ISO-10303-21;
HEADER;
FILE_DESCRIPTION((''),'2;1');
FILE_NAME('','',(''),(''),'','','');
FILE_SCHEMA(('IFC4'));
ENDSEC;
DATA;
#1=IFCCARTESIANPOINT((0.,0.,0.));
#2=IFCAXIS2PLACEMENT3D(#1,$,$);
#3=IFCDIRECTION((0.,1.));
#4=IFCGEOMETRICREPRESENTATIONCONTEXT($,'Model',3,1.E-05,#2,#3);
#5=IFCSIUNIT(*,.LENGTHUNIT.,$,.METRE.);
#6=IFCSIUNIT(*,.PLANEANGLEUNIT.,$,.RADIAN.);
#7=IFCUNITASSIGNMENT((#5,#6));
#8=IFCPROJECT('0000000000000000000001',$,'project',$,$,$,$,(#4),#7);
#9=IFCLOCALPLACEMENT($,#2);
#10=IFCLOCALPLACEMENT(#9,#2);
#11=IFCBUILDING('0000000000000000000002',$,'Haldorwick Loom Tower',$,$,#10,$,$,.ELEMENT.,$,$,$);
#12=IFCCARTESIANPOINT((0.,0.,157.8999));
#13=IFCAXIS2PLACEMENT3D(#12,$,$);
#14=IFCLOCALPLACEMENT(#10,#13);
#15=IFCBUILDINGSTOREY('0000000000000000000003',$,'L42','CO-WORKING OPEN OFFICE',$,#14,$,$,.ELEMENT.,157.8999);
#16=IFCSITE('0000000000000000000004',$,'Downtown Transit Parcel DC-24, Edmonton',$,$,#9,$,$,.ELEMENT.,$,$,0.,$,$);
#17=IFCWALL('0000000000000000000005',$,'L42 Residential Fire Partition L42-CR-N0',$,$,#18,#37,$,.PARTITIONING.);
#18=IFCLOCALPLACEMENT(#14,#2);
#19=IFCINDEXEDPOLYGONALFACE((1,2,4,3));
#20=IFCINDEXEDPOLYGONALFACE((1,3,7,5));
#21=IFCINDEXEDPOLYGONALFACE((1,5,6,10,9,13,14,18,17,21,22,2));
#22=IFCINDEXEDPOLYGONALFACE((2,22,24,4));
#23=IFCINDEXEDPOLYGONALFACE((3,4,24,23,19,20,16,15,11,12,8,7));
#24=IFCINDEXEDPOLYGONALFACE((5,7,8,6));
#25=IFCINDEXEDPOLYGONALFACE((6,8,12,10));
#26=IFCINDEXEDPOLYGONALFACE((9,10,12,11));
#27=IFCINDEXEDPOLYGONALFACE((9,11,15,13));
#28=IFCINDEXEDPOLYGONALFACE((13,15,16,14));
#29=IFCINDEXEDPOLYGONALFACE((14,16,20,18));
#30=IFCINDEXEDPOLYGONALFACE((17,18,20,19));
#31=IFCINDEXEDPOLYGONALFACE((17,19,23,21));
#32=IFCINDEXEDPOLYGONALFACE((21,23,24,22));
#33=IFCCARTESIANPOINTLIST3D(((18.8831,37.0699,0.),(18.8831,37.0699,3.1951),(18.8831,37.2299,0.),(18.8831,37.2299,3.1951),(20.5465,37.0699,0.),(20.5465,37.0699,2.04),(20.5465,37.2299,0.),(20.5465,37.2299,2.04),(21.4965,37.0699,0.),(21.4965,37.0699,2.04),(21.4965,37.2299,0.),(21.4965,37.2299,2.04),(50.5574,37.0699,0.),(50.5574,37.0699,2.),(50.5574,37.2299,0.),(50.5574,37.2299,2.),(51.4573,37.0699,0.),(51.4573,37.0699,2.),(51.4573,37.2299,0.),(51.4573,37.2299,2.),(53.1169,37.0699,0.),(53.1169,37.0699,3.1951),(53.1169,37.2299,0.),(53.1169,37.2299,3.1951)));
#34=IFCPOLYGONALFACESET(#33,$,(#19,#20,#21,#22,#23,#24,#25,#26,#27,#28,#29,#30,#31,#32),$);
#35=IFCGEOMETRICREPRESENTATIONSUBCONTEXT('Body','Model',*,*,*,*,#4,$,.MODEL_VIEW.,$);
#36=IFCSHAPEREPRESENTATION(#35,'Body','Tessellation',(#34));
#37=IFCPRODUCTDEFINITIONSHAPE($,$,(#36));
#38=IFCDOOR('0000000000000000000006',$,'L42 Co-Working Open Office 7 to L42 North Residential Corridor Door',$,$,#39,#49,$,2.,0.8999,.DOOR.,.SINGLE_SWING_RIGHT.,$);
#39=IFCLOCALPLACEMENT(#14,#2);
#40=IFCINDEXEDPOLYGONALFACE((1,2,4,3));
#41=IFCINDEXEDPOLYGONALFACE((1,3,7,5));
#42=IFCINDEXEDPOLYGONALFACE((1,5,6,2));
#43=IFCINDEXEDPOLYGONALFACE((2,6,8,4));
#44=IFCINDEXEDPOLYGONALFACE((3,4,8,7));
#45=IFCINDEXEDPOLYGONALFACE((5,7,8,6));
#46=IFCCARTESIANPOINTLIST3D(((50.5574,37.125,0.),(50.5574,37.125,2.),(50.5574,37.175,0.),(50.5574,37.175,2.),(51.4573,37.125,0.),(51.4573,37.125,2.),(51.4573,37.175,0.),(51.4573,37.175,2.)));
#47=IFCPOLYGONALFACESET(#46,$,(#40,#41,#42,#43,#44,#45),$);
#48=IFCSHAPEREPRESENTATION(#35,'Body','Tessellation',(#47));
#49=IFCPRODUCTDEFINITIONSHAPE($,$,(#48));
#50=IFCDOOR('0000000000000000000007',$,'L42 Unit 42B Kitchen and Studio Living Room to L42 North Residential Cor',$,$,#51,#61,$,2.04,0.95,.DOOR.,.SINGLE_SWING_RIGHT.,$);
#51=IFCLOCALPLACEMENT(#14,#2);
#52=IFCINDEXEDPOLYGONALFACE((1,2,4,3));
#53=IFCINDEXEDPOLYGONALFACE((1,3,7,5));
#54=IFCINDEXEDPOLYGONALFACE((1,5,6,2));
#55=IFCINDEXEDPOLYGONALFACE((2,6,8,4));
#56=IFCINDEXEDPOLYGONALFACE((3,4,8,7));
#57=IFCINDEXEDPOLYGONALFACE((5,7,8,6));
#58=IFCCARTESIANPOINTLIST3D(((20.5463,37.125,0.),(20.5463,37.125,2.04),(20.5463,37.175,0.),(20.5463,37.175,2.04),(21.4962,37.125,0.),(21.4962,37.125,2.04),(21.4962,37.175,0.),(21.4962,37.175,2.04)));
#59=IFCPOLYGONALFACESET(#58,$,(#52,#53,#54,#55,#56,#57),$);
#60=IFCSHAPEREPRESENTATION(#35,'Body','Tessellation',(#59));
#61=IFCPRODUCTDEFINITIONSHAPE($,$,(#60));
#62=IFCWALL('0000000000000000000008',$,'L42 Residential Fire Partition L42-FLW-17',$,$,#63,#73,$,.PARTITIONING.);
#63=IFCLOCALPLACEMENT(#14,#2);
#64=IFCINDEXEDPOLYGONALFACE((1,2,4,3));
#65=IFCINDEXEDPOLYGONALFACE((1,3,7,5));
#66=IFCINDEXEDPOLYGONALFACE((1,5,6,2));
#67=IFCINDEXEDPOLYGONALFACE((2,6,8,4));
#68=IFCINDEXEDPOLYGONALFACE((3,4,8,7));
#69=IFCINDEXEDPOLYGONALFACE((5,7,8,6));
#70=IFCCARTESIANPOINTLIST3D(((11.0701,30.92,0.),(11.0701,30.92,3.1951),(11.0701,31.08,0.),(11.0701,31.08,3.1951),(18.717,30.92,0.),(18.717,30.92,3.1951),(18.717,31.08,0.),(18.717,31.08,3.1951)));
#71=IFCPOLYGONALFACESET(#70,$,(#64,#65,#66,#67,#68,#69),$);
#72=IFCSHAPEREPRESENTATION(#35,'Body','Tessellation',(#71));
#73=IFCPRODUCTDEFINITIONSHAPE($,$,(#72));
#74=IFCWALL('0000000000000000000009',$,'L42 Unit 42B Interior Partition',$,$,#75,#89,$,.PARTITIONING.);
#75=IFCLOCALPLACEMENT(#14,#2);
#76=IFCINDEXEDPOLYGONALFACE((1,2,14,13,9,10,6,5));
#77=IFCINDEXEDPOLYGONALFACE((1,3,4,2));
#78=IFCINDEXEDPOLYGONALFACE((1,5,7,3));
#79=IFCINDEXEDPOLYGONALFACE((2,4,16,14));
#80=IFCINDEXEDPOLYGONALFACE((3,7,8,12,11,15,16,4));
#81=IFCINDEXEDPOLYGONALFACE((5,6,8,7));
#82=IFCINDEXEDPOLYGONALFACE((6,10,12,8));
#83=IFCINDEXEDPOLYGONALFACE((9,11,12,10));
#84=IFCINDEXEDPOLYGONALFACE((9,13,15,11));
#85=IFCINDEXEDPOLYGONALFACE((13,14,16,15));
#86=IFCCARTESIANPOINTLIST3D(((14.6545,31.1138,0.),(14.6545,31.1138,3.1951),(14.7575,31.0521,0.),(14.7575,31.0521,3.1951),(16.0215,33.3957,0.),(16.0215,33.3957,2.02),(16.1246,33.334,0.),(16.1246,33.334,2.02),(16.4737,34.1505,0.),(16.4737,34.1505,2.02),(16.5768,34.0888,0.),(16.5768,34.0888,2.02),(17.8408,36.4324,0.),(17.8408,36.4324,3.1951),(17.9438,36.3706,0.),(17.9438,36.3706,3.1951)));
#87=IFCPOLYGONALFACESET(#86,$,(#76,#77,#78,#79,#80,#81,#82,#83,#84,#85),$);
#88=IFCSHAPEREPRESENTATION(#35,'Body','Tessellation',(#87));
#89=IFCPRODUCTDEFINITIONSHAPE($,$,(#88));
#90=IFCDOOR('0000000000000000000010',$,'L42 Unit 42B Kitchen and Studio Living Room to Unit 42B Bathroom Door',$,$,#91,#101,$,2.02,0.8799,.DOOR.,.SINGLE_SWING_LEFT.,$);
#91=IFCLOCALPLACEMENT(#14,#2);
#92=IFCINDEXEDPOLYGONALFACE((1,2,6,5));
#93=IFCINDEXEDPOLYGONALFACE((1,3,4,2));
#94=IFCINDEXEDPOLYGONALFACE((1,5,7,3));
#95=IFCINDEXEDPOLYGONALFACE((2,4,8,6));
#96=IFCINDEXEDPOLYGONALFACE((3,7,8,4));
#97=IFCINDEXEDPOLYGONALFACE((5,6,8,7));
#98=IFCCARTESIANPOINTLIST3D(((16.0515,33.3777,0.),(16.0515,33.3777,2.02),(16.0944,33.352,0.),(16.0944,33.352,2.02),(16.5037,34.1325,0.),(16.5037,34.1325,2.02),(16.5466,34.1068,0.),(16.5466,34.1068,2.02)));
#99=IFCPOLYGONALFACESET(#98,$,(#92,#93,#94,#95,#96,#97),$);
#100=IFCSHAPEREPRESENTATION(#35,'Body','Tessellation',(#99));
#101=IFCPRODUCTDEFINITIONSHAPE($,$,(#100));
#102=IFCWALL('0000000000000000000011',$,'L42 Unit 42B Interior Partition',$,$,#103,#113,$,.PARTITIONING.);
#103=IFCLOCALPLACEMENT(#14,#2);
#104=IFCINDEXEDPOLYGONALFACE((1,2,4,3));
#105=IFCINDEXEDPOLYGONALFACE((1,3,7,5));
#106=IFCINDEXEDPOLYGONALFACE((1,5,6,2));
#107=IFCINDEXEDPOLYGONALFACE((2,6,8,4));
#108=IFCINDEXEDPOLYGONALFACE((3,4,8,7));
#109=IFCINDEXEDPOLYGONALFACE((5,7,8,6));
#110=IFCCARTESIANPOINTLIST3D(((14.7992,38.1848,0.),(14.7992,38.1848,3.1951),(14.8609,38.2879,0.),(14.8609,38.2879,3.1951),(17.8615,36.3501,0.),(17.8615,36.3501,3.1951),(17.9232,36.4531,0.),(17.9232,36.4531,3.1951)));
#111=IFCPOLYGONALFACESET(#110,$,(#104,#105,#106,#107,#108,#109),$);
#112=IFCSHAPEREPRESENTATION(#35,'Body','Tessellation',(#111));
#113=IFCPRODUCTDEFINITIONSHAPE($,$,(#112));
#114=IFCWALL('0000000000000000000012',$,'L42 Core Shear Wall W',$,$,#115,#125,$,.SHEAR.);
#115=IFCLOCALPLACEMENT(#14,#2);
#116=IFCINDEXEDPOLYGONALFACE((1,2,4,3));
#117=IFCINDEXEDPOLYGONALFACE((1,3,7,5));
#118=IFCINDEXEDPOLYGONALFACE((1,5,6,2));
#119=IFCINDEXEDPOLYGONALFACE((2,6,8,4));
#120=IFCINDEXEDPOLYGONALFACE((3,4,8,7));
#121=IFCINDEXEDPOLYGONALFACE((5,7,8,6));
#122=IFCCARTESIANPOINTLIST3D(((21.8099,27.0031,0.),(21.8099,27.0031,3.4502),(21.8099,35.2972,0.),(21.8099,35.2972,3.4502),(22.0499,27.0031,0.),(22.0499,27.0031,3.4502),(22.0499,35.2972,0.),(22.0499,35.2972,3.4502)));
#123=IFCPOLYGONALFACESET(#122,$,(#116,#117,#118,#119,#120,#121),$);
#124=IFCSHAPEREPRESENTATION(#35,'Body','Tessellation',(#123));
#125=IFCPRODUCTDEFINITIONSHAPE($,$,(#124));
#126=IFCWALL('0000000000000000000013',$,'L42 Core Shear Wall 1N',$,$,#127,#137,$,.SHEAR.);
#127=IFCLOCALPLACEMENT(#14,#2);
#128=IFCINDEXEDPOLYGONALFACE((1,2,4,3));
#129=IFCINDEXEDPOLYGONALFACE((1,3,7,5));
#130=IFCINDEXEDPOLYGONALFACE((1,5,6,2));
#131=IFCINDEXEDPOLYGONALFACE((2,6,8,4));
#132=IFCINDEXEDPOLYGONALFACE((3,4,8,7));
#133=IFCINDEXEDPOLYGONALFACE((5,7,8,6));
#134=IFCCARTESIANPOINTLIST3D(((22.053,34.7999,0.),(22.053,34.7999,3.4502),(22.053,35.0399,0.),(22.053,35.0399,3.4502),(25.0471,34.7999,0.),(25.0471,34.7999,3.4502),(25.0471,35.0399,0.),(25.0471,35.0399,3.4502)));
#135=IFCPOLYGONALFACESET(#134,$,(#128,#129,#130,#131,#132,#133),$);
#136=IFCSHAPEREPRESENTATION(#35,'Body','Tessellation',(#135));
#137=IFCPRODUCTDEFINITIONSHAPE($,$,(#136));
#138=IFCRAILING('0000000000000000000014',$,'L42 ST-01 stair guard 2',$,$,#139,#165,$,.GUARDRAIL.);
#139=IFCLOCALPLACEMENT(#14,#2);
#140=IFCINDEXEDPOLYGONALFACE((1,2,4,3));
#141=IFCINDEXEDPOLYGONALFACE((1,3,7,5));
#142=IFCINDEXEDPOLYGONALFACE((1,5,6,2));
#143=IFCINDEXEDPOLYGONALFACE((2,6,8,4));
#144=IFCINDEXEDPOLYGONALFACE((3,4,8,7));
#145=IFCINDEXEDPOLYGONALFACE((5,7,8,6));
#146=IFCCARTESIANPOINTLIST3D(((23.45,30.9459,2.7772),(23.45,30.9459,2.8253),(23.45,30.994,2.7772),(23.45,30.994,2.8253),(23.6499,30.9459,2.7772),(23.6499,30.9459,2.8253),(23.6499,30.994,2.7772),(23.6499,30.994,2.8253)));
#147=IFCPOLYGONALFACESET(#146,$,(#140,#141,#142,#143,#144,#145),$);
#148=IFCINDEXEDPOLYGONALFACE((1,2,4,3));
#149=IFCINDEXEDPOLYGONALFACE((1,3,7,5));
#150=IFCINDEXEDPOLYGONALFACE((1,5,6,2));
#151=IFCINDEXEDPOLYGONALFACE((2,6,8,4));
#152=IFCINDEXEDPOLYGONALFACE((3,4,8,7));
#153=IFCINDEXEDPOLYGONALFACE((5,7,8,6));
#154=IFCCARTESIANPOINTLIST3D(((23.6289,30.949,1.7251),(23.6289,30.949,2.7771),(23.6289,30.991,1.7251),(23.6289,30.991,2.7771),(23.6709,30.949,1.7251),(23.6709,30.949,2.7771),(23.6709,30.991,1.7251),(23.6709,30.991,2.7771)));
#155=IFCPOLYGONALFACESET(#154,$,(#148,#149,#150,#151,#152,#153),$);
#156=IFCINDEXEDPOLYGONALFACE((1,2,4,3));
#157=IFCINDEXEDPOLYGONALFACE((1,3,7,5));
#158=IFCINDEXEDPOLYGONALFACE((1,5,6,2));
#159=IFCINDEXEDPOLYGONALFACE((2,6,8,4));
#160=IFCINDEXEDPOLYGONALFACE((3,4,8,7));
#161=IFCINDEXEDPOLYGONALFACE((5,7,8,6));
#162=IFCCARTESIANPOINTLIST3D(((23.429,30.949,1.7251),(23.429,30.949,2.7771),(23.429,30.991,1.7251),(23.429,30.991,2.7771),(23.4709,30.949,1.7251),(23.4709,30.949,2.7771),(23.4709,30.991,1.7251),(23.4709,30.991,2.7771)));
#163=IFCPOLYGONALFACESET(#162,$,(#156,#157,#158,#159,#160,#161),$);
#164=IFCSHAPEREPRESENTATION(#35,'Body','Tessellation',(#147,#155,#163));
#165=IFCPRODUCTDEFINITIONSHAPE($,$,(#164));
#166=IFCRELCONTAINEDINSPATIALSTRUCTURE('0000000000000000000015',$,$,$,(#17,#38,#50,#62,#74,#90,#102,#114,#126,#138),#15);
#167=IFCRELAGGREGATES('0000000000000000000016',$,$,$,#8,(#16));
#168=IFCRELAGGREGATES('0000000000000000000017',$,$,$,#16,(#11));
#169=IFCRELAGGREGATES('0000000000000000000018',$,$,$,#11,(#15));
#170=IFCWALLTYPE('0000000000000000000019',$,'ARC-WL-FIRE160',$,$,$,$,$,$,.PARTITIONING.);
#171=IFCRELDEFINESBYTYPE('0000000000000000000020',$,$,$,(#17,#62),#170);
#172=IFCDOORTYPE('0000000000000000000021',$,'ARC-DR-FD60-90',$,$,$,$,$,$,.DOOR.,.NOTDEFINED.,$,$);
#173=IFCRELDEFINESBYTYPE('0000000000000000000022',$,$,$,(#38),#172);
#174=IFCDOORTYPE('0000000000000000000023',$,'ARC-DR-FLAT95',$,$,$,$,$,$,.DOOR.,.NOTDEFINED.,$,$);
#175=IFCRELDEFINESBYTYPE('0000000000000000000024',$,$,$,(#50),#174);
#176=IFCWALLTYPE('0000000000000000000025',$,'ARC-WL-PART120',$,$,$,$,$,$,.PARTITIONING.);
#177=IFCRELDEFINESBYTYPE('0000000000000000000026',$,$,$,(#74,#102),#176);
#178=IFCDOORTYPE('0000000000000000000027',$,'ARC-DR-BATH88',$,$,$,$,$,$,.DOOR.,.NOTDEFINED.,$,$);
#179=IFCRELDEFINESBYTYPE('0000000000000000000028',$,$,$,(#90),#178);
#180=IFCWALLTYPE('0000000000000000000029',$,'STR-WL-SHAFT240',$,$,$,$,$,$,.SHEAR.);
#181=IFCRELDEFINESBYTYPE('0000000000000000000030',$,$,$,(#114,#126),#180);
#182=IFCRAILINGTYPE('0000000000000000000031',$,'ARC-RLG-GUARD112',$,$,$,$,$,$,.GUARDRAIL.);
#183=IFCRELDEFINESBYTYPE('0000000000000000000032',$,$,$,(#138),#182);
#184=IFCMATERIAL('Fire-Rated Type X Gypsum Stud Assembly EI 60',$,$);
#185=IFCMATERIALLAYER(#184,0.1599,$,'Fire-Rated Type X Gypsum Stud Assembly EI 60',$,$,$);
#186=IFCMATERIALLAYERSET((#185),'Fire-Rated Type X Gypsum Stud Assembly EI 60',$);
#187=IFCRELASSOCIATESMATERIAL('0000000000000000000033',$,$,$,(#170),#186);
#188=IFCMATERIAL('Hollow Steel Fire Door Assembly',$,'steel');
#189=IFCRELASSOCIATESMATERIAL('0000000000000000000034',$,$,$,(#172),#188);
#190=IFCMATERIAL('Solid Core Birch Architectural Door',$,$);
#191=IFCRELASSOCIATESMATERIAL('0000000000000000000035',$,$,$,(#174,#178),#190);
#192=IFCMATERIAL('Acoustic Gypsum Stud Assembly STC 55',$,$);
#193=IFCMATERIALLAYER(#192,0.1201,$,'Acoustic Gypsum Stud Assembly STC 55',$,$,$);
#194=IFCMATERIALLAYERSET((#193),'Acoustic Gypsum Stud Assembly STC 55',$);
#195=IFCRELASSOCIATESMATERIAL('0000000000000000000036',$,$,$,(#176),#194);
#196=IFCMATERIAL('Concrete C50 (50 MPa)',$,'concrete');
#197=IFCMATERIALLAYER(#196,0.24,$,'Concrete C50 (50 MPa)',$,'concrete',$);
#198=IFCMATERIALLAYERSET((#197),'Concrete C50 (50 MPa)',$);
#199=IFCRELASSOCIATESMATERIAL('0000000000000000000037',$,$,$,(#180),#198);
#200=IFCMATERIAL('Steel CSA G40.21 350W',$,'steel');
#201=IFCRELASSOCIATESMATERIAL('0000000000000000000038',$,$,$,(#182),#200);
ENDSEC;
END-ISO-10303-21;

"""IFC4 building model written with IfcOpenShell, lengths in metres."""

from ifc_helpers import new_model, si_unit, direction, frame, frame_2d, origin, origin_2d, place, context, subcontext, project, spatial, rectangle, extrude, material, layer, layer_set, type_object, element, fill, save


model = new_model("IFC4")

# Units and contexts
model_context = context("Model", 3, precision=1e-05, world=origin(), true_north=direction((0.0, 1.0)))
body_context = subcontext(model_context, "Body", "Model", "MODEL_VIEW")
ifc_project = project(units=[si_unit("LENGTHUNIT", "METRE"), si_unit("PLANEANGLEUNIT", "RADIAN")], contexts=[model_context])

# Site, building, storey
site_placement = place(None, origin())
site = spatial("IfcSite", under=ifc_project, at=site_placement, Name="Downtown Transit Parcel DC-24, Edmonton", CompositionType="ELEMENT", RefElevation=0.0)
building_placement = place(site_placement, origin())
building = spatial("IfcBuilding", under=site, at=building_placement, Name="Haldorwick Loom Tower", CompositionType="ELEMENT")
storey_placement = place(building_placement, frame((0.0, 0.0, 157.8999)))
storey = spatial("IfcBuildingStorey", under=building, at=storey_placement, Name="L42", Description="CO-WORKING OPEN OFFICE", CompositionType="ELEMENT", Elevation=157.8999)

# Shared definitions
ifc_material_1 = material(Name="Steel CSA G40.21 350W", Category="steel")

# Shared definitions
ifc_material_2 = material(Name="Fire-Rated Type X Gypsum Stud Assembly EI 60")
ifc_layer_1 = layer(ifc_material_2, 0.1599, Name="Fire-Rated Type X Gypsum Stud Assembly EI 60")
ifc_layer_set_1 = layer_set([ifc_layer_1], Name="Fire-Rated Type X Gypsum Stud Assembly EI 60")
wall_type_1 = type_object("IfcWallType", Name="ARC-WL-FIRE160", PredefinedType="PARTITIONING", material=ifc_layer_set_1)

# Wall, openings, doors
wall_1_placement = place(storey_placement, frame((18.8831, 37.1499, 0.0), z_axis=(0.0, 0.0, 1.0), x_axis=(1.0, 0.0, 0.0)))
wall_1 = element("IfcWall", 1, at=wall_1_placement, inside=storey, type_object=wall_type_1, Name="L42 Residential Fire Partition L42-CR-N0", PredefinedType="PARTITIONING", context=body_context, shape_type="SweptSolid", body=[
    extrude(rectangle(XDim=34.2339, YDim=0.1599, at=frame_2d((17.1169, 0.0))), origin(), (0.0, 0.0, 1.0), 3.1951),
])
opening_1_placement = place(wall_1_placement, frame((31.6743, 0.0, 0.0)))
opening_1 = element("IfcOpeningElement", 2, at=opening_1_placement, cuts=wall_1, PredefinedType="OPENING", context=body_context, shape_type="SweptSolid", body=[
    extrude(rectangle(XDim=0.8999, YDim=2.0, at=frame_2d((0.45, 1.0))), frame((0.0, 0.0898, 0.0), z_axis=(0.0, -1.0, 0.0), x_axis=(1.0, 0.0, 0.0)), (0.0, 0.0, 1.0), 0.1799),
])
opening_2_placement = place(wall_1_placement, frame((1.6633, 0.0, 0.0)))
opening_2 = element("IfcOpeningElement", 3, at=opening_2_placement, cuts=wall_1, PredefinedType="OPENING", context=body_context, shape_type="SweptSolid", body=[
    extrude(rectangle(XDim=0.95, YDim=2.04, at=frame_2d((0.4751, 1.02))), frame((0.0, 0.0898, 0.0), z_axis=(0.0, -1.0, 0.0), x_axis=(1.0, 0.0, 0.0)), (0.0, 0.0, 1.0), 0.1799),
])
ifc_material_3 = material(Name="Hollow Steel Fire Door Assembly", Category="steel")
door_type_1 = type_object("IfcDoorType", Name="ARC-DR-FD60-90", OperationType="NOTDEFINED", PredefinedType="DOOR", material=ifc_material_3)
door_1_placement = place(opening_1_placement, frame((0.8999, 0.0, 0.0), z_axis=(0.0, 0.0, 1.0), x_axis=(-1.0, 0.0, 0.0)))
door_1 = element("IfcDoor", 4, at=door_1_placement, inside=storey, type_object=door_type_1, Name="L42 Co-Working Open Office 7 to L42 North Residential Corridor Door", OperationType="SINGLE_SWING_RIGHT", OverallHeight=2.0, OverallWidth=0.8999, PredefinedType="DOOR", context=body_context, shape_type="SweptSolid", body=[
    extrude(rectangle(XDim=0.8999, YDim=2.0, at=frame_2d((0.45, 1.0))), frame((0.0, 0.0249, 0.0), z_axis=(0.0, -1.0, 0.0), x_axis=(1.0, 0.0, 0.0)), (0.0, 0.0, 1.0), 0.05),
])
fill(opening_1, door_1)
ifc_material_4 = material(Name="Solid Core Birch Architectural Door")
door_type_2 = type_object("IfcDoorType", Name="ARC-DR-FLAT95", OperationType="NOTDEFINED", PredefinedType="DOOR", material=ifc_material_4)
door_2_placement = place(opening_2_placement, frame((0.95, 0.0, 0.0), z_axis=(0.0, 0.0, 1.0), x_axis=(-1.0, 0.0, 0.0)))
door_2 = element("IfcDoor", 5, at=door_2_placement, inside=storey, type_object=door_type_2, Name="L42 Unit 42B Kitchen and Studio Living Room to L42 North Residential Cor", OperationType="SINGLE_SWING_RIGHT", OverallHeight=2.04, OverallWidth=0.95, PredefinedType="DOOR", context=body_context, shape_type="SweptSolid", body=[
    extrude(rectangle(XDim=0.95, YDim=2.04, at=frame_2d((0.4751, 1.02))), frame((0.0, 0.0249, 0.0), z_axis=(0.0, -1.0, 0.0), x_axis=(1.0, 0.0, 0.0)), (0.0, 0.0, 1.0), 0.05),
])
fill(opening_2, door_2)

# Wall
wall_2_placement = place(storey_placement, frame((11.0701, 31.0, 0.0), z_axis=(0.0, 0.0, 1.0), x_axis=(1.0, 0.0, 0.0)))
element("IfcWall", 6, at=wall_2_placement, inside=storey, type_object=wall_type_1, Name="L42 Residential Fire Partition L42-FLW-17", PredefinedType="PARTITIONING", context=body_context, shape_type="SweptSolid", body=[
    extrude(rectangle(XDim=7.647, YDim=0.1599, at=frame_2d((3.8235, 0.0))), origin(), (0.0, 0.0, 1.0), 3.1951),
])

# Wall, opening, door
ifc_material_5 = material(Name="Acoustic Gypsum Stud Assembly STC 55")
ifc_layer_2 = layer(ifc_material_5, 0.1201, Name="Acoustic Gypsum Stud Assembly STC 55")
ifc_layer_set_2 = layer_set([ifc_layer_2], Name="Acoustic Gypsum Stud Assembly STC 55")
wall_type_2 = type_object("IfcWallType", Name="ARC-WL-PART120", PredefinedType="PARTITIONING", material=ifc_layer_set_2)
wall_3_placement = place(storey_placement, frame((17.8923, 36.4016, 0.0), z_axis=(0.0, 0.0, 1.0), x_axis=(-0.513917, -0.85784, 0.0)))
wall_3 = element("IfcWall", 7, at=wall_3_placement, inside=storey, type_object=wall_type_2, Name="L42 Unit 42B Interior Partition", PredefinedType="PARTITIONING", context=body_context, shape_type="SweptSolid", body=[
    extrude(rectangle(XDim=6.2, YDim=0.1201, at=frame_2d((3.1001, 0.0))), origin(), (0.0, 0.0, 1.0), 3.1951),
])
opening_3_placement = place(wall_3_placement, frame((2.6602, 0.0, 0.0)))
opening_3 = element("IfcOpeningElement", 8, at=opening_3_placement, cuts=wall_3, PredefinedType="OPENING", context=body_context, shape_type="SweptSolid", body=[
    extrude(rectangle(XDim=0.8799, YDim=2.02, at=frame_2d((0.4399, 1.01))), frame((0.0, 0.0701, 0.0), z_axis=(0.0, -1.0, 0.0), x_axis=(1.0, 0.0, 0.0)), (0.0, 0.0, 1.0), 0.1401),
])
door_type_3 = type_object("IfcDoorType", Name="ARC-DR-BATH88", OperationType="NOTDEFINED", PredefinedType="DOOR", material=ifc_material_4)
door_3_placement = place(opening_3_placement, origin())
door_3 = element("IfcDoor", 9, at=door_3_placement, inside=storey, type_object=door_type_3, Name="L42 Unit 42B Kitchen and Studio Living Room to Unit 42B Bathroom Door", OperationType="SINGLE_SWING_LEFT", OverallHeight=2.02, OverallWidth=0.8799, PredefinedType="DOOR", context=body_context, shape_type="SweptSolid", body=[
    extrude(rectangle(XDim=0.8799, YDim=2.02, at=frame_2d((0.4399, 1.01))), frame((0.0, 0.0249, 0.0), z_axis=(0.0, -1.0, 0.0), x_axis=(1.0, 0.0, 0.0)), (0.0, 0.0, 1.0), 0.05),
])
fill(opening_3, door_3)

# Walls
wall_4_placement = place(storey_placement, frame((17.8923, 36.4016, 0.0), z_axis=(0.0, 0.0, 1.0), x_axis=(-0.857819, 0.513953, 0.0)))
element("IfcWall", 10, at=wall_4_placement, inside=storey, type_object=wall_type_2, Name="L42 Unit 42B Interior Partition", PredefinedType="PARTITIONING", context=body_context, shape_type="SweptSolid", body=[
    extrude(rectangle(XDim=3.5698, YDim=0.1201, at=frame_2d((1.7849, 0.0))), origin(), (0.0, 0.0, 1.0), 3.1951),
])
ifc_material_6 = material(Name="Concrete C50 (50 MPa)", Category="concrete")
ifc_layer_3 = layer(ifc_material_6, 0.24, Name="Concrete C50 (50 MPa)", Category="concrete")
ifc_layer_set_3 = layer_set([ifc_layer_3], Name="Concrete C50 (50 MPa)")
wall_type_3 = type_object("IfcWallType", Name="STR-WL-SHAFT240", PredefinedType="SHEAR", material=ifc_layer_set_3)
wall_5_placement = place(storey_placement, frame((21.9299, 35.2971, 0.0), z_axis=(0.0, 0.0, 1.0), x_axis=(0.0, -1.0, 0.0)))
element("IfcWall", 11, at=wall_5_placement, inside=storey, type_object=wall_type_3, Name="L42 Core Shear Wall W", PredefinedType="SHEAR", context=body_context, shape_type="SweptSolid", body=[
    extrude(rectangle(XDim=8.2942, YDim=0.24, at=frame_2d((4.147, 0.0))), origin(), (0.0, 0.0, 1.0), 3.4502),
])
wall_6_placement = place(storey_placement, frame((22.053, 34.9199, 0.0), z_axis=(0.0, 0.0, 1.0), x_axis=(1.0, 0.0, 0.0)))
element("IfcWall", 12, at=wall_6_placement, inside=storey, type_object=wall_type_3, Name="L42 Core Shear Wall 1N", PredefinedType="SHEAR", context=body_context, shape_type="SweptSolid", body=[
    extrude(rectangle(XDim=2.9941, YDim=0.24, at=frame_2d((1.4971, 0.0))), origin(), (0.0, 0.0, 1.0), 3.4502),
])

# Railing
railing_type = type_object("IfcRailingType", Name="ARC-RLG-GUARD112", PredefinedType="GUARDRAIL", material=ifc_material_1)
railing_1_placement = place(storey_placement, frame((23.6499, 30.97, 1.7251)))
element("IfcRailing", 13, at=railing_1_placement, inside=storey, type_object=railing_type, Name="L42 ST-01 stair guard 2", PredefinedType="GUARDRAIL", context=body_context, shape_type="SweptSolid", body=[
    extrude(rectangle(XDim=0.0481, YDim=0.0481, at=origin_2d()), frame((0.0, 0.0, 1.0762), z_axis=(-1.0, 0.0, 0.0), x_axis=(0.0, -1.0, 0.0)), (0.0, 0.0, 1.0), 0.2),
    extrude(rectangle(XDim=0.042, YDim=0.042, at=origin_2d()), origin(), (0.0, 0.0, 1.0), 1.052),
    extrude(rectangle(XDim=0.042, YDim=0.042, at=origin_2d()), frame((-0.2, 0.0, 0.0)), (0.0, 0.0, 1.0), 1.052),
])

save(model, "model.ifc")
